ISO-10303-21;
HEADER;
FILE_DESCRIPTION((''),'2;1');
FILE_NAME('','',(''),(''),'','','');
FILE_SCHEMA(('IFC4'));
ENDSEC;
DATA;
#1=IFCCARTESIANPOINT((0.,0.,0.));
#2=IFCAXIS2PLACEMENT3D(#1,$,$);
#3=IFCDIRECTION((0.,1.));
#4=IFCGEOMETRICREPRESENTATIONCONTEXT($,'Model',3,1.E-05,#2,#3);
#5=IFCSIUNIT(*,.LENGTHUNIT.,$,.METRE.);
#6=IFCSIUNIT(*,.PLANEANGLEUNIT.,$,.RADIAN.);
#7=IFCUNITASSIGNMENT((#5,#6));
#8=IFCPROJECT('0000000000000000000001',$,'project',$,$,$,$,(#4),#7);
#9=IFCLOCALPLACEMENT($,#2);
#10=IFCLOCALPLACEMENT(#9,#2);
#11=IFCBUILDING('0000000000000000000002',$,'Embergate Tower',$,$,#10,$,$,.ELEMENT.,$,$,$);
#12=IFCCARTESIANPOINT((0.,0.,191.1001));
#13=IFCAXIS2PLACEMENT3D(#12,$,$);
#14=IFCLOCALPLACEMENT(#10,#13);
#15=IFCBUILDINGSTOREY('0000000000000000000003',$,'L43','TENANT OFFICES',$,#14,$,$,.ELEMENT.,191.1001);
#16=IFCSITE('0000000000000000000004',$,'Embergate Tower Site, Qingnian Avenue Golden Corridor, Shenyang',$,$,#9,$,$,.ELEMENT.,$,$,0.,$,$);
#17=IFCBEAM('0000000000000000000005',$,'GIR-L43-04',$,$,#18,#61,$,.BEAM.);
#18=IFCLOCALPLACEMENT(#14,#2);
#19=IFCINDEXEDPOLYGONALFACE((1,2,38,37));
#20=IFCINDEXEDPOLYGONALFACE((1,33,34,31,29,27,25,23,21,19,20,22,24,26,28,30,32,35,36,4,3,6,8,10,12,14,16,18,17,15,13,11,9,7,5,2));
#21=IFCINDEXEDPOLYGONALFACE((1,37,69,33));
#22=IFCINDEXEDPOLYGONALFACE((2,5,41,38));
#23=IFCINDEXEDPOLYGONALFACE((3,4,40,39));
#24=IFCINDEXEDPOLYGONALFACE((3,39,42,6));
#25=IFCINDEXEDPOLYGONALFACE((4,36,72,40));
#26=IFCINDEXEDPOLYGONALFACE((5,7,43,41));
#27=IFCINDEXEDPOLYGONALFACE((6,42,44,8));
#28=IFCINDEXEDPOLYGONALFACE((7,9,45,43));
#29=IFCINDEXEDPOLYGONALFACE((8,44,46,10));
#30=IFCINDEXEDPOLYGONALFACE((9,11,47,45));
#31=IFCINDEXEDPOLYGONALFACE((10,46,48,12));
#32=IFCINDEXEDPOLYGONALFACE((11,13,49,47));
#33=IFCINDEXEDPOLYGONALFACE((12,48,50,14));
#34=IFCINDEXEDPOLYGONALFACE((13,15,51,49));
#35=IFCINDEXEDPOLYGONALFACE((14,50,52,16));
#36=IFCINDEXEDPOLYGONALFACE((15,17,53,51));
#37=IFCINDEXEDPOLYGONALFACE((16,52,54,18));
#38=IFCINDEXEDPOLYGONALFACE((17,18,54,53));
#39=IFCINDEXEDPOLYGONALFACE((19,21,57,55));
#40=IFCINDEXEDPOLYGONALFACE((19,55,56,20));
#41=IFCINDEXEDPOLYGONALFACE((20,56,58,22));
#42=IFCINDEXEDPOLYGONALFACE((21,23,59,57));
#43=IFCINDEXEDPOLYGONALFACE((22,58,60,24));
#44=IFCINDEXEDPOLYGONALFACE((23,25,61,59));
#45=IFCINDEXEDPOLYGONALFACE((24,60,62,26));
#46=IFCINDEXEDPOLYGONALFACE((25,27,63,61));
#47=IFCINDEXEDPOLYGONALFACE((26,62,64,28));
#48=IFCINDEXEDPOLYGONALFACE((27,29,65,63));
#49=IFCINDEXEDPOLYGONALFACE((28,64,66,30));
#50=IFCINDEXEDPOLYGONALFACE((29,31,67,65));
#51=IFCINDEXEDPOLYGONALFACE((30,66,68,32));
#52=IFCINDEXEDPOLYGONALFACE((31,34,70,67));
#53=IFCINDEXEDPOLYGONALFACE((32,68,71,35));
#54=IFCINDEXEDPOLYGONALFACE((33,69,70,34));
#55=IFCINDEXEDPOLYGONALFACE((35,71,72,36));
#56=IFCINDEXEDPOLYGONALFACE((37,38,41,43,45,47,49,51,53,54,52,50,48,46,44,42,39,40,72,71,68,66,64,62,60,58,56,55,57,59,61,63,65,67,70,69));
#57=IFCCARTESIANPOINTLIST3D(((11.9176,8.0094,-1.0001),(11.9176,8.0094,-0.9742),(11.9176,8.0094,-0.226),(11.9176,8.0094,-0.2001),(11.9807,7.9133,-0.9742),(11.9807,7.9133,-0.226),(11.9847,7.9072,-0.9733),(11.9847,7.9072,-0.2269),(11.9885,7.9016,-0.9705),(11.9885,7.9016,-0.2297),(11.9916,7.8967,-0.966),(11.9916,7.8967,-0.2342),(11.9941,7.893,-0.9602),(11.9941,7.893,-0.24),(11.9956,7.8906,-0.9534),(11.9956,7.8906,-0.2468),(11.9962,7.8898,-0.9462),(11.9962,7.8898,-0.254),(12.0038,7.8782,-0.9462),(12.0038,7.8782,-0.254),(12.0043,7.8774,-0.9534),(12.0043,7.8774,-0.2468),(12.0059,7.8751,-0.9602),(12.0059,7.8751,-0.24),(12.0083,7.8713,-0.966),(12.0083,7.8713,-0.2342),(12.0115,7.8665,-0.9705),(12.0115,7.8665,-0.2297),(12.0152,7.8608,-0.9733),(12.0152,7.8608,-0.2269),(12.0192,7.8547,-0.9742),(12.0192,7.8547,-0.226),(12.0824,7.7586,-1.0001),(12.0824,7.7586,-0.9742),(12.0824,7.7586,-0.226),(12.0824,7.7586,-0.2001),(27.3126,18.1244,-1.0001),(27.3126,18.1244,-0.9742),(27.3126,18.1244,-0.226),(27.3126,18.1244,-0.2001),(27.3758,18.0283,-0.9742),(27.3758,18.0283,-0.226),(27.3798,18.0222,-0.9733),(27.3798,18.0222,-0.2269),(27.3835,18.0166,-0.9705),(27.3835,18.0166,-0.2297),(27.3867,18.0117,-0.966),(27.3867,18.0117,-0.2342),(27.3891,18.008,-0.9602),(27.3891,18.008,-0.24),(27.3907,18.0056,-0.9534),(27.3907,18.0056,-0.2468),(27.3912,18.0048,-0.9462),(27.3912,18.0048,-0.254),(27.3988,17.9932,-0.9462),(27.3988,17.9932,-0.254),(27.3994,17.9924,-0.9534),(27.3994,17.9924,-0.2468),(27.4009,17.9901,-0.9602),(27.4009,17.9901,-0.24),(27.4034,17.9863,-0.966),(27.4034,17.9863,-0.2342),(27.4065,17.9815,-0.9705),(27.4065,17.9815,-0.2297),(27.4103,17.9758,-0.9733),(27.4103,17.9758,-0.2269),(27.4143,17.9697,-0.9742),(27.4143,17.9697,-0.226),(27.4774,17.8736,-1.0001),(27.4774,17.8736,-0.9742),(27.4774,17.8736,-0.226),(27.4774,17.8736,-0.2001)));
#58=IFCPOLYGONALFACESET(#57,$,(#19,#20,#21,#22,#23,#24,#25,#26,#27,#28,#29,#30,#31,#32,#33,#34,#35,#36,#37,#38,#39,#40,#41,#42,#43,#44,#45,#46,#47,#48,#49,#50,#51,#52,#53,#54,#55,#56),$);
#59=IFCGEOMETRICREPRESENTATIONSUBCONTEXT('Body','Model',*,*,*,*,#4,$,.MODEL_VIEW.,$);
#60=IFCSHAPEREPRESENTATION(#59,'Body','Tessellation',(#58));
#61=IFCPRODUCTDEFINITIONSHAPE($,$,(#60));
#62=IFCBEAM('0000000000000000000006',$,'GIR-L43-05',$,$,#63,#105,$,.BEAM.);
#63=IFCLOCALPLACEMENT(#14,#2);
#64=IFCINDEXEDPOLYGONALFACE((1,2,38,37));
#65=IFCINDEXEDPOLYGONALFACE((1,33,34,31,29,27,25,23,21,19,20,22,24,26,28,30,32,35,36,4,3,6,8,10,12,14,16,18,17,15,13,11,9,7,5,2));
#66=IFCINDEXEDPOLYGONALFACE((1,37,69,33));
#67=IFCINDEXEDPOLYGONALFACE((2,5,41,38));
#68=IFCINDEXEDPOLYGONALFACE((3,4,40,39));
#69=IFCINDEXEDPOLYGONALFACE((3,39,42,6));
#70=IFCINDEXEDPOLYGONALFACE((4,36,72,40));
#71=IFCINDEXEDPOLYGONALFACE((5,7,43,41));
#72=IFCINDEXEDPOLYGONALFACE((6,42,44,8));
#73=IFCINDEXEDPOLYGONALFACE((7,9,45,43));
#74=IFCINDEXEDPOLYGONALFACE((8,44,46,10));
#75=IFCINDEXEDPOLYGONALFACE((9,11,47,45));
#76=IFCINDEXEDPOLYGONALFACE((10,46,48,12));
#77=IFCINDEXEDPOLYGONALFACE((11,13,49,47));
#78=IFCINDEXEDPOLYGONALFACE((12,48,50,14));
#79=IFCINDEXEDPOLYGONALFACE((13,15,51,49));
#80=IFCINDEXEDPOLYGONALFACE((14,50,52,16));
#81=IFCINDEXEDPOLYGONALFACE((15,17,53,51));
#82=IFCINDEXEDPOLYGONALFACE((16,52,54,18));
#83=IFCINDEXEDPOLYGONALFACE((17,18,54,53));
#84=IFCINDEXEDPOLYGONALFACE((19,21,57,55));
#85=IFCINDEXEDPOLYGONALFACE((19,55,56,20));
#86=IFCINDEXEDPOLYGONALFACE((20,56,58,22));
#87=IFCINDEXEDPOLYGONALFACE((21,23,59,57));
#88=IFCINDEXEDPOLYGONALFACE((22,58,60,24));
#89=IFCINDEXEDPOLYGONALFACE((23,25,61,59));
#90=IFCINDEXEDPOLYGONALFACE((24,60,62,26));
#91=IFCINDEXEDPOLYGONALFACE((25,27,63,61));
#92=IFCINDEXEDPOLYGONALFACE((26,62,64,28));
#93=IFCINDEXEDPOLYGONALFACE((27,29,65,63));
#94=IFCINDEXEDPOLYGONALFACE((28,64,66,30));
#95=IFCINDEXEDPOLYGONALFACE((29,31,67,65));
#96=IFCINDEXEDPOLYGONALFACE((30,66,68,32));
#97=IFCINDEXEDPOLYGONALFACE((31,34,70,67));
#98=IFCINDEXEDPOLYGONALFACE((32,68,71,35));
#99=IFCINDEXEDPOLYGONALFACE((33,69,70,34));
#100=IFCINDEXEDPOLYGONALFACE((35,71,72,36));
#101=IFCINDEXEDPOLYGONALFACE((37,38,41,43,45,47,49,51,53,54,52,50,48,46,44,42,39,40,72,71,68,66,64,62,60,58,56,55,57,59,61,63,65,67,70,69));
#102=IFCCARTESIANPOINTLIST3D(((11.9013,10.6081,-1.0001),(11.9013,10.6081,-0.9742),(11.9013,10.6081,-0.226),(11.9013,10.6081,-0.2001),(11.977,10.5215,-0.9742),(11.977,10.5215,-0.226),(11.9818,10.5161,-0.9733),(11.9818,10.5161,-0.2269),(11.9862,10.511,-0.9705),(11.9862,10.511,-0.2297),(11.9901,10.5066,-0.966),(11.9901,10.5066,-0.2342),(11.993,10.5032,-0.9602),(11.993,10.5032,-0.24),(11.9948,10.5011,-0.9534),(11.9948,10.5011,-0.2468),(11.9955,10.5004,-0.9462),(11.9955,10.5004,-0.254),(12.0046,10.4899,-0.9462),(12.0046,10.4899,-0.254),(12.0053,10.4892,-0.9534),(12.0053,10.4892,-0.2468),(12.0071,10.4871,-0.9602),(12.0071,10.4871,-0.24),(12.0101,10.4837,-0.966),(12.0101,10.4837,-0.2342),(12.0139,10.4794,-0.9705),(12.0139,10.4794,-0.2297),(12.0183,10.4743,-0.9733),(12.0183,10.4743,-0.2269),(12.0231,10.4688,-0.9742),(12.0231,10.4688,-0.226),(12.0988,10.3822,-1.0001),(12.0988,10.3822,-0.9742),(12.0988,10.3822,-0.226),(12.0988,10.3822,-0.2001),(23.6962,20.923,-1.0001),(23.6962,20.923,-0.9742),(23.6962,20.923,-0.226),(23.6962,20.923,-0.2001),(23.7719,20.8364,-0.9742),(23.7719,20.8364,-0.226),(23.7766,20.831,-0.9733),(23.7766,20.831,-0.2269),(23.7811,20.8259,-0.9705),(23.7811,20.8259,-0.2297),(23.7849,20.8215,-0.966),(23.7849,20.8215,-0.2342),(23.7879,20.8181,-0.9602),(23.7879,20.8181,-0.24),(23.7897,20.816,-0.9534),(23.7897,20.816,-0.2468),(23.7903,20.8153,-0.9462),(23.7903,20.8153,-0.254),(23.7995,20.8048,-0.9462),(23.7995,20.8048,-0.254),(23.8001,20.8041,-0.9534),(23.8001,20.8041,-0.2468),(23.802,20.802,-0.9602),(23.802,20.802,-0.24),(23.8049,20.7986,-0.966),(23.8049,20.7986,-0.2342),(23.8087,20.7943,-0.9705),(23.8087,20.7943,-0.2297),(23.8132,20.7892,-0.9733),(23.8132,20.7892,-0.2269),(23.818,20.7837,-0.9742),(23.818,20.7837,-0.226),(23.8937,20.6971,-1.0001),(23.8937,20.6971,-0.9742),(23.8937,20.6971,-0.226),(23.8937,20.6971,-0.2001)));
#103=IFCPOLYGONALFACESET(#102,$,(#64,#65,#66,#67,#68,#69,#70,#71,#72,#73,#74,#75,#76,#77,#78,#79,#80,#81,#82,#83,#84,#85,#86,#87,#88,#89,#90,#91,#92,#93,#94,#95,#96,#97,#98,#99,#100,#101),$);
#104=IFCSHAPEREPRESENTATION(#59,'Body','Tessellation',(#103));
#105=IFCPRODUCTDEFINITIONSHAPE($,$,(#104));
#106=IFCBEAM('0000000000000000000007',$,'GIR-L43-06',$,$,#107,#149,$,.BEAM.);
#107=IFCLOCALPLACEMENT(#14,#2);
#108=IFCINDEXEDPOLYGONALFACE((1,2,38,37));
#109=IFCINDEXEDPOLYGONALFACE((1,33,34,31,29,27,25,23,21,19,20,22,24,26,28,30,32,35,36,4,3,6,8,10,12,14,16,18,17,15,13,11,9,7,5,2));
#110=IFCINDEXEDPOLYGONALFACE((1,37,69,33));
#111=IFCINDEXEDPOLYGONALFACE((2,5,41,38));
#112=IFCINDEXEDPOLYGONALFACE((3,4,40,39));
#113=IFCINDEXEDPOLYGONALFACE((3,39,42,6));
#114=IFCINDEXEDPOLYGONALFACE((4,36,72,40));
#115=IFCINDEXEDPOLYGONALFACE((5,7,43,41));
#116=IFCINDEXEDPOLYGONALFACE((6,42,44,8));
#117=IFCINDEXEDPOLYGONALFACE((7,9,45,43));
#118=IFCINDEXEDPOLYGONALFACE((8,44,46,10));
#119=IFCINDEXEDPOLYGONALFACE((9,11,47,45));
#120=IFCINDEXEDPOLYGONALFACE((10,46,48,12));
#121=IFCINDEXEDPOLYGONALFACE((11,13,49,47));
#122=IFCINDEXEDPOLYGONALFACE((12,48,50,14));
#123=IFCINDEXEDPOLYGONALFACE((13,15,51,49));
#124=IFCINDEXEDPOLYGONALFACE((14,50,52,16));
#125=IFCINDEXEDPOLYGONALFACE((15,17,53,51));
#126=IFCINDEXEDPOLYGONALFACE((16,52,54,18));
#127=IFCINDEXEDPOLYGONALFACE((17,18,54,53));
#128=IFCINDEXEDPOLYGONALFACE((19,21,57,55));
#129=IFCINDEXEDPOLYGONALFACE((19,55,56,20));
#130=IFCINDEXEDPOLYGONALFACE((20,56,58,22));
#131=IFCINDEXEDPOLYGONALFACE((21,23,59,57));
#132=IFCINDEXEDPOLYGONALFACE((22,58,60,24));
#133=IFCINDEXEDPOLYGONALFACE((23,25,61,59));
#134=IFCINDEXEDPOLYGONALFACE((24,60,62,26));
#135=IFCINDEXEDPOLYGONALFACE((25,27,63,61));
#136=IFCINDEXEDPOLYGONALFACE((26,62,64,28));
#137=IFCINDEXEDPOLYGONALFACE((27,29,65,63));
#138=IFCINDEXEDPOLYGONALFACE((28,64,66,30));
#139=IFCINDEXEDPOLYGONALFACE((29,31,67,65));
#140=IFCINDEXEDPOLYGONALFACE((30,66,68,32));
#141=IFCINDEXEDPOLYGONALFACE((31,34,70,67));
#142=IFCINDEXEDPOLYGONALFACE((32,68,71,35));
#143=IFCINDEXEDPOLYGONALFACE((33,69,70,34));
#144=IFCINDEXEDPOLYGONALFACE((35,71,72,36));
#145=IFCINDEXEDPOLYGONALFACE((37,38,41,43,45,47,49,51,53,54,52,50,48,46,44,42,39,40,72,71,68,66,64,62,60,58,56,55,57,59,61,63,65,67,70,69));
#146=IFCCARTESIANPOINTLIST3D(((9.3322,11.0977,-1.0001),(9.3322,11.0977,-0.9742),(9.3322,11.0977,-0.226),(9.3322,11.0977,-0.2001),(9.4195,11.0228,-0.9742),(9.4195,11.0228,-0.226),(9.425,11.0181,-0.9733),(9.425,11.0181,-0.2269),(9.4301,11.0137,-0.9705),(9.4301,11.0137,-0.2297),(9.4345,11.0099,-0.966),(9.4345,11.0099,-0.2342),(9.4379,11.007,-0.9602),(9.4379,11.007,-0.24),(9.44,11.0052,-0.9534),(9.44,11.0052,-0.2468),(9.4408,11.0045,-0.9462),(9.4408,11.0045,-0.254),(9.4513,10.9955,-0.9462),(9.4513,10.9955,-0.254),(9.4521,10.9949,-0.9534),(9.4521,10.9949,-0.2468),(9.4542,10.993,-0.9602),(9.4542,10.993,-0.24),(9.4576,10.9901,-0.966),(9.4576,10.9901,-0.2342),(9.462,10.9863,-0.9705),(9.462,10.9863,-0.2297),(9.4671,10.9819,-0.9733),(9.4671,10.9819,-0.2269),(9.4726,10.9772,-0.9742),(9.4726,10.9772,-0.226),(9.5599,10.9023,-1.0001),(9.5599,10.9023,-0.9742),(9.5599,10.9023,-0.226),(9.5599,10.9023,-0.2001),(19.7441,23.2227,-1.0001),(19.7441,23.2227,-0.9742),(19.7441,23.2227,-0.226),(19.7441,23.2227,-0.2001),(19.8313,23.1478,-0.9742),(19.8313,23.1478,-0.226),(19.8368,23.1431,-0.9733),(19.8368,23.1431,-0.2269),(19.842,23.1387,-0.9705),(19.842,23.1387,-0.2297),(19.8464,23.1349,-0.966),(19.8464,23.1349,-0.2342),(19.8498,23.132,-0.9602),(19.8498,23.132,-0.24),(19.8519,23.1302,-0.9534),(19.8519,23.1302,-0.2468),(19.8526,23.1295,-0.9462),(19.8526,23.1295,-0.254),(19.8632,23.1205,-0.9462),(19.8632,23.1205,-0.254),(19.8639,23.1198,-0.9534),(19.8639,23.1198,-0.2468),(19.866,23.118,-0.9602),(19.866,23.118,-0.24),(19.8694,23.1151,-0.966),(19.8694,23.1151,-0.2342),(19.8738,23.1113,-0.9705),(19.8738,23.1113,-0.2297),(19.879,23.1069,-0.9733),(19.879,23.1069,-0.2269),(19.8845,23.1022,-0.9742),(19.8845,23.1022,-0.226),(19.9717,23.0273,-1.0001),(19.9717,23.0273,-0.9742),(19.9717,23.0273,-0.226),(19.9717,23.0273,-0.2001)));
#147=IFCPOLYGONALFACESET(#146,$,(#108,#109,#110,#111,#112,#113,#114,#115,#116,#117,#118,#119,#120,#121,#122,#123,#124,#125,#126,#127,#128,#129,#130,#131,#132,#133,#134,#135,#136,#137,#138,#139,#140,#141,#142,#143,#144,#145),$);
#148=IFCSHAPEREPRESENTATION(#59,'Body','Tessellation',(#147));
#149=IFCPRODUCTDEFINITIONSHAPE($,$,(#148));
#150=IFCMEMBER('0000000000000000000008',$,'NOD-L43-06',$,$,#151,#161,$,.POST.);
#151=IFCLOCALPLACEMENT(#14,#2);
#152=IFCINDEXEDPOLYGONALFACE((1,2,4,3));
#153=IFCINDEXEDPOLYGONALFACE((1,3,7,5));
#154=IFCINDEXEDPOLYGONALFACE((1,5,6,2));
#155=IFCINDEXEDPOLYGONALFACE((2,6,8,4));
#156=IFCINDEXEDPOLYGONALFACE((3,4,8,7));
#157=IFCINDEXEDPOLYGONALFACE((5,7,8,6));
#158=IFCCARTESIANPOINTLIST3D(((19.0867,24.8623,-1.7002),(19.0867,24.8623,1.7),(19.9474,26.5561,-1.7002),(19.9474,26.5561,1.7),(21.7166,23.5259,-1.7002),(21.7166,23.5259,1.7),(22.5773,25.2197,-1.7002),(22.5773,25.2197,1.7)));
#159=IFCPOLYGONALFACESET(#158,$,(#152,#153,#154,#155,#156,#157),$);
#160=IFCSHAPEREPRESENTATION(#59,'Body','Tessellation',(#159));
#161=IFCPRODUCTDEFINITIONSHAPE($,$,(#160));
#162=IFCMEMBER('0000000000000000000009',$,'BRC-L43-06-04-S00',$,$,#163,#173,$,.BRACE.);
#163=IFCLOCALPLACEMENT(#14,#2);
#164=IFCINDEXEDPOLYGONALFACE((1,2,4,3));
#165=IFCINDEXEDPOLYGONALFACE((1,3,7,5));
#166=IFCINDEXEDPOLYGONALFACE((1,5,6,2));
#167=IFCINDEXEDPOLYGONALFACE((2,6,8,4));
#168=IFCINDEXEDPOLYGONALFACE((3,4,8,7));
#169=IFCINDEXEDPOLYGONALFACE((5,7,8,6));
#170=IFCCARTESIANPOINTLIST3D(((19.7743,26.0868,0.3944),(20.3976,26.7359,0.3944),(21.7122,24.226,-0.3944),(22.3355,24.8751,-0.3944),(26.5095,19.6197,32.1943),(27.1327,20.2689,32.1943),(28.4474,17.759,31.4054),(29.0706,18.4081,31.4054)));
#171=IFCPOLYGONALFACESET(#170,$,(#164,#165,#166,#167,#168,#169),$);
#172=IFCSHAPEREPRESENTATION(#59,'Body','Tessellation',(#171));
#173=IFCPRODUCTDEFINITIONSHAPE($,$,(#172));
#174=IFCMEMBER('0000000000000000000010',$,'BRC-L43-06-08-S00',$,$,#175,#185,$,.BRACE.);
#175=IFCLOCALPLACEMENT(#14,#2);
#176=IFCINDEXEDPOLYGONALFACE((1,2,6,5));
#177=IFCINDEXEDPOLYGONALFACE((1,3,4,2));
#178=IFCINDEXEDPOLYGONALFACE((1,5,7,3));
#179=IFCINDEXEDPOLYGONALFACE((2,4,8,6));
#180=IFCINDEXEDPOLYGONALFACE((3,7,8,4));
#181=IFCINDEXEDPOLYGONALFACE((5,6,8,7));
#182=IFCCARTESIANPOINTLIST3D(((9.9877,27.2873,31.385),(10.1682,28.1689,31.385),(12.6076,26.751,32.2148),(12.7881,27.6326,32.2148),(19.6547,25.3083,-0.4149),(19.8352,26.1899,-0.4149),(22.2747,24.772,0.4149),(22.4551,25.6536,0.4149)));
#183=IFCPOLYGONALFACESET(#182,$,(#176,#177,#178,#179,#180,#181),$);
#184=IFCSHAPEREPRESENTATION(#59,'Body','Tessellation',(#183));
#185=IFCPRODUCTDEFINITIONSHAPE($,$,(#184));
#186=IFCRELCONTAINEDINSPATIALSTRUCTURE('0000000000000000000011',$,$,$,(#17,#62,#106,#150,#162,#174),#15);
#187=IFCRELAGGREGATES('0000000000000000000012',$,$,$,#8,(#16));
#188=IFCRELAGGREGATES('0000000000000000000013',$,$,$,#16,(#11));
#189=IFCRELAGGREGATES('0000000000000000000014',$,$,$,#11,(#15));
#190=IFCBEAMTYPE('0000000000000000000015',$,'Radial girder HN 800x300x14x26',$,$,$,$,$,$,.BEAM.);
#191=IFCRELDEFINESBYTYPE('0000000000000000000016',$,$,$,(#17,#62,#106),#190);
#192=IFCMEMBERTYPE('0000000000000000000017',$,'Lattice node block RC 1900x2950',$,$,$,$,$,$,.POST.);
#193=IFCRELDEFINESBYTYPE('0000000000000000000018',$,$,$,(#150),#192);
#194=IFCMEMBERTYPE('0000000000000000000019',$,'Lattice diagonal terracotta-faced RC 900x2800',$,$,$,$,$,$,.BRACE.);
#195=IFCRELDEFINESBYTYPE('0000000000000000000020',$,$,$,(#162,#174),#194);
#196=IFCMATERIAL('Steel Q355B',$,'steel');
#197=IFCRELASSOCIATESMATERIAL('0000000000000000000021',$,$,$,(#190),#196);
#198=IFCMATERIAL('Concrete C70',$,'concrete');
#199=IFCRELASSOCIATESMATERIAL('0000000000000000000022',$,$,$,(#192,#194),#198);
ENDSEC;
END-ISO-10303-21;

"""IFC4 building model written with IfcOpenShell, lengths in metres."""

from ifc_helpers import new_model, si_unit, direction, frame, origin, origin_2d, place, context, subcontext, project, spatial, rectangle, i_section, extrude, source, transform, mapped, material, material_profile, profile_set, type_object, element, save


model = new_model("IFC4")

# Units and contexts
model_context = context("Model", 3, precision=1e-05, world=origin(), true_north=direction((0.0, 1.0)))
body_context = subcontext(model_context, "Body", "Model", "MODEL_VIEW")
ifc_project = project(units=[si_unit("LENGTHUNIT", "METRE"), si_unit("PLANEANGLEUNIT", "RADIAN")], contexts=[model_context])

# Site, building, storey
site_placement = place(None, origin())
site = spatial("IfcSite", under=ifc_project, at=site_placement, Name="Embergate Tower Site, Qingnian Avenue Golden Corridor, Shenyang", CompositionType="ELEMENT", RefElevation=0.0)
building_placement = place(site_placement, origin())
building = spatial("IfcBuilding", under=site, at=building_placement, Name="Embergate Tower", CompositionType="ELEMENT")
storey_placement = place(building_placement, frame((0.0, 0.0, 191.1001)))
storey = spatial("IfcBuildingStorey", under=building, at=storey_placement, Name="L43", Description="TENANT OFFICES", CompositionType="ELEMENT", Elevation=191.1001)

# Shared definitions
ifc_material_1 = material(Name="Concrete C70", Category="concrete")

# Beams
ifc_material_2 = material(Name="Steel Q355B", Category="steel")
ifc_material_profile_1 = material_profile(ifc_material_2, i_section(OverallWidth=0.3, OverallDepth=0.8, WebThickness=0.0139, FlangeThickness=0.0259, FilletRadius=0.0281, at=origin_2d()), Name="HN 800x300x14x26")
ifc_profile_set_1 = profile_set([ifc_material_profile_1], Name="Steel Q355 grade B")
beam_type_1 = type_object("IfcBeamType", Name="Radial girder HN 800x300x14x26", PredefinedType="BEAM", material=ifc_profile_set_1)
shared_shape_1 = source(origin(), body_context, "Body", "SweptSolid", [
    extrude(i_section(OverallWidth=0.3, OverallDepth=0.8, WebThickness=0.0139, FlangeThickness=0.0259, FilletRadius=0.0281, at=origin_2d()), origin(), (0.0, 0.0, 1.0), 18.4207),
])
beam_1_placement = place(storey_placement, frame((27.395, 17.999, -0.6001), z_axis=(-0.835749, -0.549112, 0.0), x_axis=(0.549112, -0.835749, 0.0)))
element("IfcBeam", 1, at=beam_1_placement, inside=storey, type_object=beam_type_1, Name="GIR-L43-04", PredefinedType="BEAM", context=body_context, shape_type="MappedRepresentation", body=[
    mapped(shared_shape_1, transform((0.0, 0.0, 0.0))),
])
shared_shape_2 = source(origin(), body_context, "Body", "SweptSolid", [
    extrude(i_section(OverallWidth=0.3, OverallDepth=0.8, WebThickness=0.0139, FlangeThickness=0.0259, FilletRadius=0.0281, at=origin_2d()), origin(), (0.0, 0.0, 1.0), 15.6689),
])
beam_2_placement = place(storey_placement, frame((23.7949, 20.8101, -0.6001), z_axis=(-0.752754, -0.658302, 0.0), x_axis=(0.658302, -0.752754, 0.0)))
element("IfcBeam", 2, at=beam_2_placement, inside=storey, type_object=beam_type_1, Name="GIR-L43-05", PredefinedType="BEAM", context=body_context, shape_type="MappedRepresentation", body=[
    mapped(shared_shape_2, transform((0.0, 0.0, 0.0))),
])
shared_shape_3 = source(origin(), body_context, "Body", "SweptSolid", [
    extrude(i_section(OverallWidth=0.3, OverallDepth=0.8, WebThickness=0.0139, FlangeThickness=0.0259, FilletRadius=0.0281, at=origin_2d()), origin(), (0.0, 0.0, 1.0), 15.9819),
])
beam_3_placement = place(storey_placement, frame((19.8579, 23.125, -0.6001), z_axis=(-0.651477, -0.758669, 0.0), x_axis=(0.758669, -0.651477, 0.0)))
element("IfcBeam", 3, at=beam_3_placement, inside=storey, type_object=beam_type_1, Name="GIR-L43-06", PredefinedType="BEAM", context=body_context, shape_type="MappedRepresentation", body=[
    mapped(shared_shape_3, transform((0.0, 0.0, 0.0))),
])

# Members
ifc_material_profile_2 = material_profile(ifc_material_1, rectangle(XDim=1.8999, YDim=2.95, at=origin_2d()), Name="RC 1900x2950")
ifc_profile_set_2 = profile_set([ifc_material_profile_2], Name="Concrete C70")
member_type_1 = type_object("IfcMemberType", Name="Lattice node block RC 1900x2950", PredefinedType="POST", material=ifc_profile_set_2)
shared_shape_4 = source(origin(), body_context, "Body", "SweptSolid", [
    extrude(rectangle(XDim=1.8999, YDim=2.95, at=origin_2d()), origin(), (0.0, 0.0, 1.0), 3.4001),
])
member_1_placement = place(storey_placement, frame((20.832, 25.041, -1.7002), z_axis=(0.0, 0.0, 1.0), x_axis=(0.453011, 0.891505, 0.0)))
element("IfcMember", 4, at=member_1_placement, inside=storey, type_object=member_type_1, Name="NOD-L43-06", PredefinedType="POST", context=body_context, shape_type="MappedRepresentation", body=[
    mapped(shared_shape_4, transform((0.0, 0.0, 0.0))),
])
ifc_material_profile_3 = material_profile(ifc_material_1, rectangle(XDim=0.8999, YDim=2.8, at=origin_2d()), Name="RC 900x2800")
ifc_profile_set_3 = profile_set([ifc_material_profile_3], Name="Concrete C70")
member_type_2 = type_object("IfcMemberType", Name="Lattice diagonal terracotta-faced RC 900x2800", PredefinedType="BRACE", material=ifc_profile_set_3)
shared_shape_5 = source(origin(), body_context, "Body", "SweptSolid", [
    extrude(rectangle(XDim=0.8999, YDim=2.8, at=origin_2d()), origin(), (0.0, 0.0, 1.0), 33.1423),
])
member_2_placement = place(storey_placement, frame((21.0549, 25.481, 0.0), z_axis=(0.203218, -0.19513, 0.959493), x_axis=(0.692606, 0.721316, 0.0)))
element("IfcMember", 5, at=member_2_placement, inside=storey, type_object=member_type_2, Name="BRC-L43-06-04-S00", PredefinedType="BRACE", context=body_context, shape_type="MappedRepresentation", body=[
    mapped(shared_shape_5, transform((0.0, 0.0, 0.0))),
])
shared_shape_6 = source(origin(), body_context, "Body", "SweptSolid", [
    extrude(rectangle(XDim=0.8999, YDim=2.8, at=origin_2d()), origin(), (0.0, 0.0, 1.0), 33.2957),
])
member_3_placement = place(storey_placement, frame((21.0549, 25.481, 0.0), z_axis=(-0.290339, 0.059437, 0.955076), x_axis=(-0.200558, -0.979682, 0.0)))
element("IfcMember", 6, at=member_3_placement, inside=storey, type_object=member_type_2, Name="BRC-L43-06-08-S00", PredefinedType="BRACE", context=body_context, shape_type="MappedRepresentation", body=[
    mapped(shared_shape_6, transform((0.0, 0.0, 0.0))),
])

save(model, "model.ifc")
